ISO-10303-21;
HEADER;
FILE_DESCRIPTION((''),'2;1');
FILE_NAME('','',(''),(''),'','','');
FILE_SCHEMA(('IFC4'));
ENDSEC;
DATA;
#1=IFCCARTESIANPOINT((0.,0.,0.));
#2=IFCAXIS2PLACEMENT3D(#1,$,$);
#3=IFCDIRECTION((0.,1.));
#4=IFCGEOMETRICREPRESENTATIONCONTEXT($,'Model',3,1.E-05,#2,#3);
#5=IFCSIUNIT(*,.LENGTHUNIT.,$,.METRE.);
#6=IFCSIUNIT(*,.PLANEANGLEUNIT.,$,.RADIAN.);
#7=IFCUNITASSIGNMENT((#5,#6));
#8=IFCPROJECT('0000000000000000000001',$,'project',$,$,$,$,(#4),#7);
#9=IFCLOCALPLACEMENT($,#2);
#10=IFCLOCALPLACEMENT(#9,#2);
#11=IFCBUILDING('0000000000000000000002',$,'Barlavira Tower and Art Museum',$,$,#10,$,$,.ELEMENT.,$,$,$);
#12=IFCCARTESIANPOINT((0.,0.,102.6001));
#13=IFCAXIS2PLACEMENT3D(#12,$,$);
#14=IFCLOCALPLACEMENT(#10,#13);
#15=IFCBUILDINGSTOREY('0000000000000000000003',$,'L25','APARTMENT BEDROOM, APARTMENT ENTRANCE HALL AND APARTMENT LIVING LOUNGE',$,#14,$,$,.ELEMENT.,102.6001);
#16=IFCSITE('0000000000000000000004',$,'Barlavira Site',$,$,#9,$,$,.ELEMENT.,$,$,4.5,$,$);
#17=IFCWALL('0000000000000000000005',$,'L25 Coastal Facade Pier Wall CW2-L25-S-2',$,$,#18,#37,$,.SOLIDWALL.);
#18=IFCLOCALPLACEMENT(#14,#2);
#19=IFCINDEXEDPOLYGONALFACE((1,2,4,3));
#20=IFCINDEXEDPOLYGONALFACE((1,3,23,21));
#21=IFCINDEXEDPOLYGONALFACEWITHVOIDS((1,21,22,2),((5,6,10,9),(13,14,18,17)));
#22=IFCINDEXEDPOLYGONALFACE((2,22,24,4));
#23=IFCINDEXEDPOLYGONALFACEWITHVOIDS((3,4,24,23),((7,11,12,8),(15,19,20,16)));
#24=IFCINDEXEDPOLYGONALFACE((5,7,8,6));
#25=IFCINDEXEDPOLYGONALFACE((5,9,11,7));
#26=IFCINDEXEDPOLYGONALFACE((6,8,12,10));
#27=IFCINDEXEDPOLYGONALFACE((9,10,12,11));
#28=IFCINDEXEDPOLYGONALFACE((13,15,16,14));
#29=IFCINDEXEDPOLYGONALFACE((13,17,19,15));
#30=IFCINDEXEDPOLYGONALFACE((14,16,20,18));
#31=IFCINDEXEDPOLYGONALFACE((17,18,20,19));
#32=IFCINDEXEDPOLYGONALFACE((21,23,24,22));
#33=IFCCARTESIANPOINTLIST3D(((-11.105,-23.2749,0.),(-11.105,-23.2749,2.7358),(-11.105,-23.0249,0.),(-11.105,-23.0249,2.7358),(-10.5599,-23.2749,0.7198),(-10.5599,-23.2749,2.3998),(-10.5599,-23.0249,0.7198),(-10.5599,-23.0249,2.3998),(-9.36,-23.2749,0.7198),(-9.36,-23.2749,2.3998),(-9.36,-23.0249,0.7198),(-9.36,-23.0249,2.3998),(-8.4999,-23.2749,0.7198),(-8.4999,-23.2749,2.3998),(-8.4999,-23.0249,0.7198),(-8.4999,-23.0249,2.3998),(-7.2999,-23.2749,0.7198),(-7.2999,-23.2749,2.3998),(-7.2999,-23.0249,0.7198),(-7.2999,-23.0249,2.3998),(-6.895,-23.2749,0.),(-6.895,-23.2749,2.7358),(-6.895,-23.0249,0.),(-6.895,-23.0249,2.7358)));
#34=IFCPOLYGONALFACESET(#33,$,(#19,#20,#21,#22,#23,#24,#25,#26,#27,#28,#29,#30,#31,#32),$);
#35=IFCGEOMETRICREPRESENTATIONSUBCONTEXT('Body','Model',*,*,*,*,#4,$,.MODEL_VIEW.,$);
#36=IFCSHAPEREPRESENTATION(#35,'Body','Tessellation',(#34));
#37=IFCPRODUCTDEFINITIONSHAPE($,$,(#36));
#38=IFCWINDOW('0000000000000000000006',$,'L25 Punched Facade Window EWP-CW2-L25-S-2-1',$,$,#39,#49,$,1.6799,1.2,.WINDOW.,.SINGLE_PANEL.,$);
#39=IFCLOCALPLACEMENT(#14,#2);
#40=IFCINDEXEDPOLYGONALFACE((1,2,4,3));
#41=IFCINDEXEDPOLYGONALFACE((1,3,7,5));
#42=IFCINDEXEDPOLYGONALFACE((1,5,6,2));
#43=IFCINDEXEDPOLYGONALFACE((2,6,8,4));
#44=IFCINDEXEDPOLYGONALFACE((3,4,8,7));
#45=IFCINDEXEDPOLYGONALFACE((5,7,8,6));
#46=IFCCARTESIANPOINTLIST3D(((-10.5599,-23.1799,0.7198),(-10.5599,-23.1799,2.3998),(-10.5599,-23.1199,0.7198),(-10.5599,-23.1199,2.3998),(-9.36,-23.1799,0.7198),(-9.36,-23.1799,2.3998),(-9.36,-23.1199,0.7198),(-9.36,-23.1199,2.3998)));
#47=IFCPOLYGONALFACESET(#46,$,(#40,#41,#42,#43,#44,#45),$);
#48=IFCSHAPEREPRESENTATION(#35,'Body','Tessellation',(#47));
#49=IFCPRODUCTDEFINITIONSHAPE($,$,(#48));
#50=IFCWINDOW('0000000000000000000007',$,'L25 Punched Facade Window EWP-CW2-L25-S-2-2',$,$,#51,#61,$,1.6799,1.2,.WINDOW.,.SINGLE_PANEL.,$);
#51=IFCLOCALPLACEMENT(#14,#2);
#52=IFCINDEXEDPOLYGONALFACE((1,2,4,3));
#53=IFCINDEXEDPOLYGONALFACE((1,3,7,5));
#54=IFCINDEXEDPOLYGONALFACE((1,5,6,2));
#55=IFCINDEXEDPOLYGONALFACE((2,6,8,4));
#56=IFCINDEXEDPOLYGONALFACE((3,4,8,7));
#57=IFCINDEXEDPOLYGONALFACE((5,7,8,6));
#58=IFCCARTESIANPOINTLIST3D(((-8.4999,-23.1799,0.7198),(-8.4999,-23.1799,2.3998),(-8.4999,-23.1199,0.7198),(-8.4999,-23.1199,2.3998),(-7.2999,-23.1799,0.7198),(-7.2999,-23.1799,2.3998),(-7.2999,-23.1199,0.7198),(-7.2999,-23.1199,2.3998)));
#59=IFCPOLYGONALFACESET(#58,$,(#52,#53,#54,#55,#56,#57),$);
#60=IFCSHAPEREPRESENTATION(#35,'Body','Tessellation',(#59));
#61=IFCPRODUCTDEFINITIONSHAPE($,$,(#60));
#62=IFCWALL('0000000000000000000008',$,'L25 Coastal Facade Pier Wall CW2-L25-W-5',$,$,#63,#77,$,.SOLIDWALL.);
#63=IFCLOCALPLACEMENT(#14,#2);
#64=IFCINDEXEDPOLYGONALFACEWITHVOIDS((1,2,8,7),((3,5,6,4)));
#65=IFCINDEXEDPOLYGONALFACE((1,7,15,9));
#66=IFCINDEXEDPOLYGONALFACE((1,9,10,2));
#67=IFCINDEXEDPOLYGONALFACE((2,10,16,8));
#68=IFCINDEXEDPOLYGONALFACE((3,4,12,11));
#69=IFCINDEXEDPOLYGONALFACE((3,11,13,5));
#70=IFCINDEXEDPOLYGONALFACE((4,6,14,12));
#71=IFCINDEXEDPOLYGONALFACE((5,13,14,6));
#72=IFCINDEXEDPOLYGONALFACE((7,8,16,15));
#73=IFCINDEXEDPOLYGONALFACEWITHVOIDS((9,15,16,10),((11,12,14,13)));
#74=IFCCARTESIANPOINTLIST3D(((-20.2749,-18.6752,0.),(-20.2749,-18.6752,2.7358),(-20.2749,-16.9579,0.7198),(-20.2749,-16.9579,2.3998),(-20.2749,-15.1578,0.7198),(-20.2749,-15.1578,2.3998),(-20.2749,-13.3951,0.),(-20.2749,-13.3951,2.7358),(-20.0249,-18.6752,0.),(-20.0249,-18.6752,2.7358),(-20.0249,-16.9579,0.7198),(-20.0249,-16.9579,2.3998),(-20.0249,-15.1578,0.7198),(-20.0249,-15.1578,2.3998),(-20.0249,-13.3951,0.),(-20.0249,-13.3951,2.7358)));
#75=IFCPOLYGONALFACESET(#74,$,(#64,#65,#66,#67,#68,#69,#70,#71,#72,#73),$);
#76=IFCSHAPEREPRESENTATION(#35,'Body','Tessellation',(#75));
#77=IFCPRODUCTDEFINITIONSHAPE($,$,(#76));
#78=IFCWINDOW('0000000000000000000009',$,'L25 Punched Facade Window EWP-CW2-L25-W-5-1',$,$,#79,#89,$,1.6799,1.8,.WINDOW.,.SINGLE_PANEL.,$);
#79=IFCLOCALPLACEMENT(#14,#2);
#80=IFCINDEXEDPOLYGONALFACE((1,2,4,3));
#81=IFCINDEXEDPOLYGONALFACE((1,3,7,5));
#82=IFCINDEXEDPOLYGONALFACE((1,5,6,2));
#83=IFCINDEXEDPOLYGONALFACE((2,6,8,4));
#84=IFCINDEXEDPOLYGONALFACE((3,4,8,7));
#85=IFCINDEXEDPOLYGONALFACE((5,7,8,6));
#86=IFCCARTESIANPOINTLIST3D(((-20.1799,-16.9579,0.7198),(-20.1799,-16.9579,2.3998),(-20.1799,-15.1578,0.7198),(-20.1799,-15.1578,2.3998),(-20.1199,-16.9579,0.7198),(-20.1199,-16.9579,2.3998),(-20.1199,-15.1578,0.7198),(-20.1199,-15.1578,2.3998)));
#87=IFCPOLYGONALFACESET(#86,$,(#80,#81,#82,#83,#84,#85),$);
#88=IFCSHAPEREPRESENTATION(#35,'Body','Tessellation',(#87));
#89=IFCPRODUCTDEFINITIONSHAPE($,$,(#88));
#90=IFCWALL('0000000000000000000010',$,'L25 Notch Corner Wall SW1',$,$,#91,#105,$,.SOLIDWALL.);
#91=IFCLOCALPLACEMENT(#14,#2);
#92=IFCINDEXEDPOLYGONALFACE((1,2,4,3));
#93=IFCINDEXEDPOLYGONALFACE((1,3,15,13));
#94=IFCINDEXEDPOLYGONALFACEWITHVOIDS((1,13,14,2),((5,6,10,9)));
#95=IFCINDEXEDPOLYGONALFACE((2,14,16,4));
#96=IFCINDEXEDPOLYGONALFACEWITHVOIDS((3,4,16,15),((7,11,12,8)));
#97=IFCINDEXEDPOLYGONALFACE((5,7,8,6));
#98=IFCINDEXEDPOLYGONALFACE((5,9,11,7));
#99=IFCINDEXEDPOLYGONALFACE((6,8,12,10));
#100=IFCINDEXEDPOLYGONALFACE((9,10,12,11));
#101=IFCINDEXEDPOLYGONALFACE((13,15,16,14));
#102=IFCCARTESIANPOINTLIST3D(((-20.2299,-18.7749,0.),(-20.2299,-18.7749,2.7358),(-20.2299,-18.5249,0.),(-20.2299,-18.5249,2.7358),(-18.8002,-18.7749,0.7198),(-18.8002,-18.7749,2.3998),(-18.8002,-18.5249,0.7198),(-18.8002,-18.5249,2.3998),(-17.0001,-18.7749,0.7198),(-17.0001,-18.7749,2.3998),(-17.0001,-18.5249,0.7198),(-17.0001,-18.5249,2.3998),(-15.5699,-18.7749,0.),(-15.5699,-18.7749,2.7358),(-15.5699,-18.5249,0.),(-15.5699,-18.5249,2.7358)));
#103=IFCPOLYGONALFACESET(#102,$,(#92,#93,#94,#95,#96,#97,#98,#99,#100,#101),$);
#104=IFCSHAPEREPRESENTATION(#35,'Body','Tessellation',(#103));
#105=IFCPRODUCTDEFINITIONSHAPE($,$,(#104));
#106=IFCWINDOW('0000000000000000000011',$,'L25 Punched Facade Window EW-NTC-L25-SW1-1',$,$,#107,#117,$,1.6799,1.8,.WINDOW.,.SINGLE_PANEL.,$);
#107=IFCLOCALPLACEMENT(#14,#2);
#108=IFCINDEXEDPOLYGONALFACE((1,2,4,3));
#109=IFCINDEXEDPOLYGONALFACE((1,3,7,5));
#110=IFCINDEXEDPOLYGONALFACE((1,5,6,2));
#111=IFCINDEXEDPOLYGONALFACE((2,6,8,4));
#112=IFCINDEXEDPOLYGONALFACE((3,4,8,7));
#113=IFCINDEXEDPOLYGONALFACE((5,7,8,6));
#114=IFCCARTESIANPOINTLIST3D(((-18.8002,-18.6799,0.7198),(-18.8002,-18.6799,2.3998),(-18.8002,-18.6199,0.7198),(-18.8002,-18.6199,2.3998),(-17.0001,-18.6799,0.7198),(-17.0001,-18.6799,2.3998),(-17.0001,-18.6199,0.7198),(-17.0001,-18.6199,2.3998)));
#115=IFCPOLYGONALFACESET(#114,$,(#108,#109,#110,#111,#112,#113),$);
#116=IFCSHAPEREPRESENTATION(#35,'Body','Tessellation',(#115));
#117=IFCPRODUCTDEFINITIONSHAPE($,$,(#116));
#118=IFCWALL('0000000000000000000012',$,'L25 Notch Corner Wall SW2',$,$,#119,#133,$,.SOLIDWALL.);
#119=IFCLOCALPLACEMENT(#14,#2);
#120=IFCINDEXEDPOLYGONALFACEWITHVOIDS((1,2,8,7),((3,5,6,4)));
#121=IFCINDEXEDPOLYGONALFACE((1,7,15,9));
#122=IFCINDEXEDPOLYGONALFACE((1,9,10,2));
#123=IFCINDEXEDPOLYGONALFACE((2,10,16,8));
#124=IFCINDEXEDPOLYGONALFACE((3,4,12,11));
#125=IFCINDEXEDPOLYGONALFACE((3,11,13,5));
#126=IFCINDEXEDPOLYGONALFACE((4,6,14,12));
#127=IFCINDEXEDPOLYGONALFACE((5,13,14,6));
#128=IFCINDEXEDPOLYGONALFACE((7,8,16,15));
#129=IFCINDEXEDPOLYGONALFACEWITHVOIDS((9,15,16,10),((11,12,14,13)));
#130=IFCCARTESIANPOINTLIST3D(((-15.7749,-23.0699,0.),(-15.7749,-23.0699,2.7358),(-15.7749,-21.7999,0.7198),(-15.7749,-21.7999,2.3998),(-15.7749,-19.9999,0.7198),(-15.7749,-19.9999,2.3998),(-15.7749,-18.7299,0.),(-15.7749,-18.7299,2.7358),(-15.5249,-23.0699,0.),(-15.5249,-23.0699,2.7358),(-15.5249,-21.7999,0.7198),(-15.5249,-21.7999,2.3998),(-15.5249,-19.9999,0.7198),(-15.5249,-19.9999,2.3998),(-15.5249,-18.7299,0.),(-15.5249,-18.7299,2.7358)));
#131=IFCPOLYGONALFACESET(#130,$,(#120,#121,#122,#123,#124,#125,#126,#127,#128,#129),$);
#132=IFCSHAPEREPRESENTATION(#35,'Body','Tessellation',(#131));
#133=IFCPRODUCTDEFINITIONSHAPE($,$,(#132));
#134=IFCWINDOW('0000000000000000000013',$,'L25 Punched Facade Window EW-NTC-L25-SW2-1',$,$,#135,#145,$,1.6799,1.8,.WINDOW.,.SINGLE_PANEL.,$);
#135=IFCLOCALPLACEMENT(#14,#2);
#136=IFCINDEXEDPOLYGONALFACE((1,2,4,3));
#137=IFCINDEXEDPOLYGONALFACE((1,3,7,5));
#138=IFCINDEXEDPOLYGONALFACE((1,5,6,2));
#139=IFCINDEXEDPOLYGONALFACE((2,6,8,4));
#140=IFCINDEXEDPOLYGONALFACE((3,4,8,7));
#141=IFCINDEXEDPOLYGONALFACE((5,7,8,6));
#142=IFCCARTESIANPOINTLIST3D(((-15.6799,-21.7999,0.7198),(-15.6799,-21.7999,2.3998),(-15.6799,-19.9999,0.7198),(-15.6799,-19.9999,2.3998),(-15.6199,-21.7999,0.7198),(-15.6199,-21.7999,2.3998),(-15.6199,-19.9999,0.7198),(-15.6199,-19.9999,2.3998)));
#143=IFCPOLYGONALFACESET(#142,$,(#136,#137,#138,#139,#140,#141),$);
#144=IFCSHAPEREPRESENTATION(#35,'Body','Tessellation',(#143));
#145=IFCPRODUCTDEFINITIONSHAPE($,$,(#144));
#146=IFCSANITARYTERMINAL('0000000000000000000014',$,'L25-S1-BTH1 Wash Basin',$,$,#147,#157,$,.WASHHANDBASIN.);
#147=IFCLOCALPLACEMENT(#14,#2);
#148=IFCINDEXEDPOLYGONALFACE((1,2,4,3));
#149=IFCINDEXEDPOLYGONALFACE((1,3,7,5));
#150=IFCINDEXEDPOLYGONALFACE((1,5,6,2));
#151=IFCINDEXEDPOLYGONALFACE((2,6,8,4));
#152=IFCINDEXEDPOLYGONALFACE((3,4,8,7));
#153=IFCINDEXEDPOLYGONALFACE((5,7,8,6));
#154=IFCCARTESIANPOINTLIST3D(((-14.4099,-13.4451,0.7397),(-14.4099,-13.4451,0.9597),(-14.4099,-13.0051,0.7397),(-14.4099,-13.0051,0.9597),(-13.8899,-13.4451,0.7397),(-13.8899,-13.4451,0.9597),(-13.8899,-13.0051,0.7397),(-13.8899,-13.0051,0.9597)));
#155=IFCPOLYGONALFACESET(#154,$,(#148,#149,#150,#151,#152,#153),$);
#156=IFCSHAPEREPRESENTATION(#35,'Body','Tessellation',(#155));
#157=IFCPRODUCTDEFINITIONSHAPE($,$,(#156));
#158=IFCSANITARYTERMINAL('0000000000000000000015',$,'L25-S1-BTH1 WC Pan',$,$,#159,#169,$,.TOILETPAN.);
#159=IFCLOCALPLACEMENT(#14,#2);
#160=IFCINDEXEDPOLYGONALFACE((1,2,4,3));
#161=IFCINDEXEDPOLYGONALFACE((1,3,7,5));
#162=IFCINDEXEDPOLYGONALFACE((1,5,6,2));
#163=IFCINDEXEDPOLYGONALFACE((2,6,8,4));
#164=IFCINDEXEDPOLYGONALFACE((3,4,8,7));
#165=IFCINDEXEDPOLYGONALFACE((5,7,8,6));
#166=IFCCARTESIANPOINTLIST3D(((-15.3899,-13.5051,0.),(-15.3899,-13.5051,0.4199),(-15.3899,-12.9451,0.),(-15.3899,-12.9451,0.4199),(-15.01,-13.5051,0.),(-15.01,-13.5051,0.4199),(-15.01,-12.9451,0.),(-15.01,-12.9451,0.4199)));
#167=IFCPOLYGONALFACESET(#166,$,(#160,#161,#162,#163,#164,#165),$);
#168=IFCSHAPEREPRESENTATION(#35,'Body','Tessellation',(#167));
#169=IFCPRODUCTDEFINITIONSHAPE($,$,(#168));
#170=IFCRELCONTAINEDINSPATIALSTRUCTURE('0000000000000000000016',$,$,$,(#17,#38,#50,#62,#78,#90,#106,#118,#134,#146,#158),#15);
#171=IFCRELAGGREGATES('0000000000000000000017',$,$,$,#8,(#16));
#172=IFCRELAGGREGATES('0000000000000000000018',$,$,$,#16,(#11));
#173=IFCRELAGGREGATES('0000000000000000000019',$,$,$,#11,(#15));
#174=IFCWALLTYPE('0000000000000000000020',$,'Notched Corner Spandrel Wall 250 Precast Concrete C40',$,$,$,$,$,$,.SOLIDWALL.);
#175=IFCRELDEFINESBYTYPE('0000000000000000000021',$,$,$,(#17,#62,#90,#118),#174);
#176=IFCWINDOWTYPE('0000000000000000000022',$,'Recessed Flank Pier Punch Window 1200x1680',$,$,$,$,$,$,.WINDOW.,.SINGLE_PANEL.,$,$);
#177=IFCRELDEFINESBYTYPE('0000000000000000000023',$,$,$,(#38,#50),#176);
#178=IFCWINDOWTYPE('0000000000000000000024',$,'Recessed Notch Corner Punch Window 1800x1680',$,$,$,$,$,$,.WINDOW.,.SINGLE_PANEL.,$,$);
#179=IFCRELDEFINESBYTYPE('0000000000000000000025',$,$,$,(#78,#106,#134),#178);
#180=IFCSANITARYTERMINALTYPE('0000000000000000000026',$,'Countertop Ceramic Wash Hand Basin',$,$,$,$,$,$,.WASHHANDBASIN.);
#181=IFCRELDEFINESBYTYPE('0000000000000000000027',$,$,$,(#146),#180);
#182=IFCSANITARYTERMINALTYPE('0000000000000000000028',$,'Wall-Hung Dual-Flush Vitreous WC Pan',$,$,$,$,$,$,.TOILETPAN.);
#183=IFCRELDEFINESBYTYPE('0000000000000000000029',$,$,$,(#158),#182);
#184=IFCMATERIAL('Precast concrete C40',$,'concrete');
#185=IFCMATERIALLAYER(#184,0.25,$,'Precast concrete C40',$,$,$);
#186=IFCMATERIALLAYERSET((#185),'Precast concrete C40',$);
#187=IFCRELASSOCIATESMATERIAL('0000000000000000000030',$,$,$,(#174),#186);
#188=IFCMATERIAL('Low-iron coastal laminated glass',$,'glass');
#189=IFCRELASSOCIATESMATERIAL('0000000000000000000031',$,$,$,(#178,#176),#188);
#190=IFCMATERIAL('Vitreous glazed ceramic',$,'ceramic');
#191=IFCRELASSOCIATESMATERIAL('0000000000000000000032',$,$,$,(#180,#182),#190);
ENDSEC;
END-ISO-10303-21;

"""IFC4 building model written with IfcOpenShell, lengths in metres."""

from ifc_helpers import new_model, si_unit, direction, frame, frame_2d, origin, origin_2d, place, context, subcontext, project, spatial, rectangle, extrude, material, layer, layer_set, type_object, element, fill, save


model = new_model("IFC4")

# Units and contexts
model_context = context("Model", 3, precision=1e-05, world=origin(), true_north=direction((0.0, 1.0)))
body_context = subcontext(model_context, "Body", "Model", "MODEL_VIEW")
ifc_project = project(units=[si_unit("LENGTHUNIT", "METRE"), si_unit("PLANEANGLEUNIT", "RADIAN")], contexts=[model_context])

# Site, building, storey
site_placement = place(None, origin())
site = spatial("IfcSite", under=ifc_project, at=site_placement, Name="Barlavira Site", CompositionType="ELEMENT", RefElevation=4.5)
building_placement = place(site_placement, origin())
building = spatial("IfcBuilding", under=site, at=building_placement, Name="Barlavira Tower and Art Museum", CompositionType="ELEMENT")
storey_placement = place(building_placement, frame((0.0, 0.0, 102.6001)))
storey = spatial("IfcBuildingStorey", under=building, at=storey_placement, Name="L25", Description="APARTMENT BEDROOM, APARTMENT ENTRANCE HALL AND APARTMENT LIVING LOUNGE", CompositionType="ELEMENT", Elevation=102.6001)

# Shared definitions
ifc_material_1 = material(Name="Precast concrete C40", Category="concrete")
ifc_layer_1 = layer(ifc_material_1, 0.25, Name="Precast concrete C40")
ifc_layer_set_1 = layer_set([ifc_layer_1], Name="Precast concrete C40")
wall_type_1 = type_object("IfcWallType", Name="Notched Corner Spandrel Wall 250 Precast Concrete C40", PredefinedType="SOLIDWALL", material=ifc_layer_set_1)
ifc_material_2 = material(Name="Low-iron coastal laminated glass", Category="glass")
window_type_1 = type_object("IfcWindowType", Name="Recessed Notch Corner Punch Window 1800x1680", PartitioningType="SINGLE_PANEL", PredefinedType="WINDOW", material=ifc_material_2)

# Wall, openings, windows
wall_1_placement = place(storey_placement, frame((-11.105, -23.1499, 0.0), z_axis=(0.0, 0.0, 1.0), x_axis=(1.0, 0.0, 0.0)))
wall_1 = element("IfcWall", 1, at=wall_1_placement, inside=storey, type_object=wall_type_1, Name="L25 Coastal Facade Pier Wall CW2-L25-S-2", PredefinedType="SOLIDWALL", context=body_context, shape_type="SweptSolid", body=[
    extrude(rectangle(XDim=4.21, YDim=0.25, at=frame_2d((2.105, 0.0))), origin(), (0.0, 0.0, 1.0), 2.7358),
])
opening_1_placement = place(wall_1_placement, frame((0.5449, 0.0, 0.72)))
opening_1 = element("IfcOpeningElement", 2, at=opening_1_placement, cuts=wall_1, PredefinedType="OPENING", context=body_context, shape_type="SweptSolid", body=[
    extrude(rectangle(XDim=1.2, YDim=1.6799, at=frame_2d((0.6001, 0.8398))), frame((0.0, 0.135, 0.0), z_axis=(0.0, -1.0, 0.0), x_axis=(1.0, 0.0, 0.0)), (0.0, 0.0, 1.0), 0.27),
])
opening_2_placement = place(wall_1_placement, frame((2.605, 0.0, 0.72)))
opening_2 = element("IfcOpeningElement", 3, at=opening_2_placement, cuts=wall_1, PredefinedType="OPENING", context=body_context, shape_type="SweptSolid", body=[
    extrude(rectangle(XDim=1.2, YDim=1.6799, at=frame_2d((0.6001, 0.8398))), frame((0.0, 0.135, 0.0), z_axis=(0.0, -1.0, 0.0), x_axis=(1.0, 0.0, 0.0)), (0.0, 0.0, 1.0), 0.27),
])
window_type_2 = type_object("IfcWindowType", Name="Recessed Flank Pier Punch Window 1200x1680", PartitioningType="SINGLE_PANEL", PredefinedType="WINDOW", material=ifc_material_2)
window_1_placement = place(opening_1_placement, origin())
window_1 = element("IfcWindow", 4, at=window_1_placement, inside=storey, type_object=window_type_2, Name="L25 Punched Facade Window EWP-CW2-L25-S-2-1", OverallHeight=1.6799, OverallWidth=1.2, PartitioningType="SINGLE_PANEL", PredefinedType="WINDOW", context=body_context, shape_type="SweptSolid", body=[
    extrude(rectangle(XDim=1.2, YDim=1.6799, at=frame_2d((0.6001, 0.8398))), frame((0.0, 0.03, 0.0), z_axis=(0.0, -1.0, 0.0), x_axis=(1.0, 0.0, 0.0)), (0.0, 0.0, 1.0), 0.0601),
])
fill(opening_1, window_1)
window_2_placement = place(opening_2_placement, origin())
window_2 = element("IfcWindow", 5, at=window_2_placement, inside=storey, type_object=window_type_2, Name="L25 Punched Facade Window EWP-CW2-L25-S-2-2", OverallHeight=1.6799, OverallWidth=1.2, PartitioningType="SINGLE_PANEL", PredefinedType="WINDOW", context=body_context, shape_type="SweptSolid", body=[
    extrude(rectangle(XDim=1.2, YDim=1.6799, at=frame_2d((0.6001, 0.8398))), frame((0.0, 0.03, 0.0), z_axis=(0.0, -1.0, 0.0), x_axis=(1.0, 0.0, 0.0)), (0.0, 0.0, 1.0), 0.0601),
])
fill(opening_2, window_2)

# Walls, openings, windows
wall_2_placement = place(storey_placement, frame((-20.1499, -13.395, 0.0), z_axis=(0.0, 0.0, 1.0), x_axis=(0.0, -1.0, 0.0)))
wall_2 = element("IfcWall", 6, at=wall_2_placement, inside=storey, type_object=wall_type_1, Name="L25 Coastal Facade Pier Wall CW2-L25-W-5", PredefinedType="SOLIDWALL", context=body_context, shape_type="SweptSolid", body=[
    extrude(rectangle(XDim=5.28, YDim=0.25, at=frame_2d((2.6401, 0.0))), origin(), (0.0, 0.0, 1.0), 2.7358),
])
opening_3_placement = place(wall_2_placement, frame((1.7629, 0.0, 0.72)))
opening_3 = element("IfcOpeningElement", 7, at=opening_3_placement, cuts=wall_2, PredefinedType="OPENING", context=body_context, shape_type="SweptSolid", body=[
    extrude(rectangle(XDim=1.8, YDim=1.6799, at=frame_2d((0.8999, 0.8398))), frame((0.0, 0.135, 0.0), z_axis=(0.0, -1.0, 0.0), x_axis=(1.0, 0.0, 0.0)), (0.0, 0.0, 1.0), 0.27),
])
window_3_placement = place(opening_3_placement, origin())
window_3 = element("IfcWindow", 8, at=window_3_placement, inside=storey, type_object=window_type_1, Name="L25 Punched Facade Window EWP-CW2-L25-W-5-1", OverallHeight=1.6799, OverallWidth=1.8, PartitioningType="SINGLE_PANEL", PredefinedType="WINDOW", context=body_context, shape_type="SweptSolid", body=[
    extrude(rectangle(XDim=1.8, YDim=1.6799, at=frame_2d((0.8999, 0.8398))), frame((0.0, 0.03, 0.0), z_axis=(0.0, -1.0, 0.0), x_axis=(1.0, 0.0, 0.0)), (0.0, 0.0, 1.0), 0.0601),
])
fill(opening_3, window_3)
wall_3_placement = place(storey_placement, frame((-20.23, -18.6499, 0.0), z_axis=(0.0, 0.0, 1.0), x_axis=(1.0, 0.0, 0.0)))
wall_3 = element("IfcWall", 9, at=wall_3_placement, inside=storey, type_object=wall_type_1, Name="L25 Notch Corner Wall SW1", PredefinedType="SOLIDWALL", context=body_context, shape_type="SweptSolid", body=[
    extrude(rectangle(XDim=4.6599, YDim=0.25, at=frame_2d((2.3301, 0.0))), origin(), (0.0, 0.0, 1.0), 2.7358),
])
opening_4_placement = place(wall_3_placement, frame((1.4299, 0.0, 0.72)))
opening_4 = element("IfcOpeningElement", 10, at=opening_4_placement, cuts=wall_3, PredefinedType="OPENING", context=body_context, shape_type="SweptSolid", body=[
    extrude(rectangle(XDim=1.8, YDim=1.6799, at=frame_2d((0.8999, 0.8398))), frame((0.0, 0.135, 0.0), z_axis=(0.0, -1.0, 0.0), x_axis=(1.0, 0.0, 0.0)), (0.0, 0.0, 1.0), 0.27),
])
window_4_placement = place(opening_4_placement, origin())
window_4 = element("IfcWindow", 11, at=window_4_placement, inside=storey, type_object=window_type_1, Name="L25 Punched Facade Window EW-NTC-L25-SW1-1", OverallHeight=1.6799, OverallWidth=1.8, PartitioningType="SINGLE_PANEL", PredefinedType="WINDOW", context=body_context, shape_type="SweptSolid", body=[
    extrude(rectangle(XDim=1.8, YDim=1.6799, at=frame_2d((0.8999, 0.8398))), frame((0.0, 0.03, 0.0), z_axis=(0.0, -1.0, 0.0), x_axis=(1.0, 0.0, 0.0)), (0.0, 0.0, 1.0), 0.0601),
])
fill(opening_4, window_4)
wall_4_placement = place(storey_placement, frame((-15.6499, -18.73, 0.0), z_axis=(0.0, 0.0, 1.0), x_axis=(0.0, -1.0, 0.0)))
wall_4 = element("IfcWall", 12, at=wall_4_placement, inside=storey, type_object=wall_type_1, Name="L25 Notch Corner Wall SW2", PredefinedType="SOLIDWALL", context=body_context, shape_type="SweptSolid", body=[
    extrude(rectangle(XDim=4.3401, YDim=0.25, at=frame_2d((2.1699, 0.0))), origin(), (0.0, 0.0, 1.0), 2.7358),
])
opening_5_placement = place(wall_4_placement, frame((1.27, 0.0, 0.72)))
opening_5 = element("IfcOpeningElement", 13, at=opening_5_placement, cuts=wall_4, PredefinedType="OPENING", context=body_context, shape_type="SweptSolid", body=[
    extrude(rectangle(XDim=1.8, YDim=1.6799, at=frame_2d((0.8999, 0.8398))), frame((0.0, 0.135, 0.0), z_axis=(0.0, -1.0, 0.0), x_axis=(1.0, 0.0, 0.0)), (0.0, 0.0, 1.0), 0.27),
])
window_5_placement = place(opening_5_placement, origin())
window_5 = element("IfcWindow", 14, at=window_5_placement, inside=storey, type_object=window_type_1, Name="L25 Punched Facade Window EW-NTC-L25-SW2-1", OverallHeight=1.6799, OverallWidth=1.8, PartitioningType="SINGLE_PANEL", PredefinedType="WINDOW", context=body_context, shape_type="SweptSolid", body=[
    extrude(rectangle(XDim=1.8, YDim=1.6799, at=frame_2d((0.8999, 0.8398))), frame((0.0, 0.03, 0.0), z_axis=(0.0, -1.0, 0.0), x_axis=(1.0, 0.0, 0.0)), (0.0, 0.0, 1.0), 0.0601),
])
fill(opening_5, window_5)

# Sanitary terminals
ifc_material_3 = material(Name="Vitreous glazed ceramic", Category="ceramic")
sanitary_terminal_type_1 = type_object("IfcSanitaryTerminalType", Name="Countertop Ceramic Wash Hand Basin", PredefinedType="WASHHANDBASIN", material=ifc_material_3)
sanitary_terminal_1_placement = place(storey_placement, frame((-14.1499, -13.2251, 0.7397), z_axis=(0.0, 0.0, 1.0), x_axis=(1.0, 0.0, 0.0)))
element("IfcSanitaryTerminal", 15, at=sanitary_terminal_1_placement, inside=storey, type_object=sanitary_terminal_type_1, Name="L25-S1-BTH1 Wash Basin", PredefinedType="WASHHANDBASIN", context=body_context, shape_type="SweptSolid", body=[
    extrude(rectangle(XDim=0.52, YDim=0.4399, at=origin_2d()), origin(), (0.0, 0.0, 1.0), 0.22),
])
sanitary_terminal_type_2 = type_object("IfcSanitaryTerminalType", Name="Wall-Hung Dual-Flush Vitreous WC Pan", PredefinedType="TOILETPAN", material=ifc_material_3)
sanitary_terminal_2_placement = place(storey_placement, frame((-15.2, -13.2251, 0.0), z_axis=(0.0, 0.0, 1.0), x_axis=(1.0, 0.0, 0.0)))
element("IfcSanitaryTerminal", 16, at=sanitary_terminal_2_placement, inside=storey, type_object=sanitary_terminal_type_2, Name="L25-S1-BTH1 WC Pan", PredefinedType="TOILETPAN", context=body_context, shape_type="SweptSolid", body=[
    extrude(rectangle(XDim=0.3799, YDim=0.5601, at=origin_2d()), origin(), (0.0, 0.0, 1.0), 0.4199),
])

save(model, "model.ifc")
